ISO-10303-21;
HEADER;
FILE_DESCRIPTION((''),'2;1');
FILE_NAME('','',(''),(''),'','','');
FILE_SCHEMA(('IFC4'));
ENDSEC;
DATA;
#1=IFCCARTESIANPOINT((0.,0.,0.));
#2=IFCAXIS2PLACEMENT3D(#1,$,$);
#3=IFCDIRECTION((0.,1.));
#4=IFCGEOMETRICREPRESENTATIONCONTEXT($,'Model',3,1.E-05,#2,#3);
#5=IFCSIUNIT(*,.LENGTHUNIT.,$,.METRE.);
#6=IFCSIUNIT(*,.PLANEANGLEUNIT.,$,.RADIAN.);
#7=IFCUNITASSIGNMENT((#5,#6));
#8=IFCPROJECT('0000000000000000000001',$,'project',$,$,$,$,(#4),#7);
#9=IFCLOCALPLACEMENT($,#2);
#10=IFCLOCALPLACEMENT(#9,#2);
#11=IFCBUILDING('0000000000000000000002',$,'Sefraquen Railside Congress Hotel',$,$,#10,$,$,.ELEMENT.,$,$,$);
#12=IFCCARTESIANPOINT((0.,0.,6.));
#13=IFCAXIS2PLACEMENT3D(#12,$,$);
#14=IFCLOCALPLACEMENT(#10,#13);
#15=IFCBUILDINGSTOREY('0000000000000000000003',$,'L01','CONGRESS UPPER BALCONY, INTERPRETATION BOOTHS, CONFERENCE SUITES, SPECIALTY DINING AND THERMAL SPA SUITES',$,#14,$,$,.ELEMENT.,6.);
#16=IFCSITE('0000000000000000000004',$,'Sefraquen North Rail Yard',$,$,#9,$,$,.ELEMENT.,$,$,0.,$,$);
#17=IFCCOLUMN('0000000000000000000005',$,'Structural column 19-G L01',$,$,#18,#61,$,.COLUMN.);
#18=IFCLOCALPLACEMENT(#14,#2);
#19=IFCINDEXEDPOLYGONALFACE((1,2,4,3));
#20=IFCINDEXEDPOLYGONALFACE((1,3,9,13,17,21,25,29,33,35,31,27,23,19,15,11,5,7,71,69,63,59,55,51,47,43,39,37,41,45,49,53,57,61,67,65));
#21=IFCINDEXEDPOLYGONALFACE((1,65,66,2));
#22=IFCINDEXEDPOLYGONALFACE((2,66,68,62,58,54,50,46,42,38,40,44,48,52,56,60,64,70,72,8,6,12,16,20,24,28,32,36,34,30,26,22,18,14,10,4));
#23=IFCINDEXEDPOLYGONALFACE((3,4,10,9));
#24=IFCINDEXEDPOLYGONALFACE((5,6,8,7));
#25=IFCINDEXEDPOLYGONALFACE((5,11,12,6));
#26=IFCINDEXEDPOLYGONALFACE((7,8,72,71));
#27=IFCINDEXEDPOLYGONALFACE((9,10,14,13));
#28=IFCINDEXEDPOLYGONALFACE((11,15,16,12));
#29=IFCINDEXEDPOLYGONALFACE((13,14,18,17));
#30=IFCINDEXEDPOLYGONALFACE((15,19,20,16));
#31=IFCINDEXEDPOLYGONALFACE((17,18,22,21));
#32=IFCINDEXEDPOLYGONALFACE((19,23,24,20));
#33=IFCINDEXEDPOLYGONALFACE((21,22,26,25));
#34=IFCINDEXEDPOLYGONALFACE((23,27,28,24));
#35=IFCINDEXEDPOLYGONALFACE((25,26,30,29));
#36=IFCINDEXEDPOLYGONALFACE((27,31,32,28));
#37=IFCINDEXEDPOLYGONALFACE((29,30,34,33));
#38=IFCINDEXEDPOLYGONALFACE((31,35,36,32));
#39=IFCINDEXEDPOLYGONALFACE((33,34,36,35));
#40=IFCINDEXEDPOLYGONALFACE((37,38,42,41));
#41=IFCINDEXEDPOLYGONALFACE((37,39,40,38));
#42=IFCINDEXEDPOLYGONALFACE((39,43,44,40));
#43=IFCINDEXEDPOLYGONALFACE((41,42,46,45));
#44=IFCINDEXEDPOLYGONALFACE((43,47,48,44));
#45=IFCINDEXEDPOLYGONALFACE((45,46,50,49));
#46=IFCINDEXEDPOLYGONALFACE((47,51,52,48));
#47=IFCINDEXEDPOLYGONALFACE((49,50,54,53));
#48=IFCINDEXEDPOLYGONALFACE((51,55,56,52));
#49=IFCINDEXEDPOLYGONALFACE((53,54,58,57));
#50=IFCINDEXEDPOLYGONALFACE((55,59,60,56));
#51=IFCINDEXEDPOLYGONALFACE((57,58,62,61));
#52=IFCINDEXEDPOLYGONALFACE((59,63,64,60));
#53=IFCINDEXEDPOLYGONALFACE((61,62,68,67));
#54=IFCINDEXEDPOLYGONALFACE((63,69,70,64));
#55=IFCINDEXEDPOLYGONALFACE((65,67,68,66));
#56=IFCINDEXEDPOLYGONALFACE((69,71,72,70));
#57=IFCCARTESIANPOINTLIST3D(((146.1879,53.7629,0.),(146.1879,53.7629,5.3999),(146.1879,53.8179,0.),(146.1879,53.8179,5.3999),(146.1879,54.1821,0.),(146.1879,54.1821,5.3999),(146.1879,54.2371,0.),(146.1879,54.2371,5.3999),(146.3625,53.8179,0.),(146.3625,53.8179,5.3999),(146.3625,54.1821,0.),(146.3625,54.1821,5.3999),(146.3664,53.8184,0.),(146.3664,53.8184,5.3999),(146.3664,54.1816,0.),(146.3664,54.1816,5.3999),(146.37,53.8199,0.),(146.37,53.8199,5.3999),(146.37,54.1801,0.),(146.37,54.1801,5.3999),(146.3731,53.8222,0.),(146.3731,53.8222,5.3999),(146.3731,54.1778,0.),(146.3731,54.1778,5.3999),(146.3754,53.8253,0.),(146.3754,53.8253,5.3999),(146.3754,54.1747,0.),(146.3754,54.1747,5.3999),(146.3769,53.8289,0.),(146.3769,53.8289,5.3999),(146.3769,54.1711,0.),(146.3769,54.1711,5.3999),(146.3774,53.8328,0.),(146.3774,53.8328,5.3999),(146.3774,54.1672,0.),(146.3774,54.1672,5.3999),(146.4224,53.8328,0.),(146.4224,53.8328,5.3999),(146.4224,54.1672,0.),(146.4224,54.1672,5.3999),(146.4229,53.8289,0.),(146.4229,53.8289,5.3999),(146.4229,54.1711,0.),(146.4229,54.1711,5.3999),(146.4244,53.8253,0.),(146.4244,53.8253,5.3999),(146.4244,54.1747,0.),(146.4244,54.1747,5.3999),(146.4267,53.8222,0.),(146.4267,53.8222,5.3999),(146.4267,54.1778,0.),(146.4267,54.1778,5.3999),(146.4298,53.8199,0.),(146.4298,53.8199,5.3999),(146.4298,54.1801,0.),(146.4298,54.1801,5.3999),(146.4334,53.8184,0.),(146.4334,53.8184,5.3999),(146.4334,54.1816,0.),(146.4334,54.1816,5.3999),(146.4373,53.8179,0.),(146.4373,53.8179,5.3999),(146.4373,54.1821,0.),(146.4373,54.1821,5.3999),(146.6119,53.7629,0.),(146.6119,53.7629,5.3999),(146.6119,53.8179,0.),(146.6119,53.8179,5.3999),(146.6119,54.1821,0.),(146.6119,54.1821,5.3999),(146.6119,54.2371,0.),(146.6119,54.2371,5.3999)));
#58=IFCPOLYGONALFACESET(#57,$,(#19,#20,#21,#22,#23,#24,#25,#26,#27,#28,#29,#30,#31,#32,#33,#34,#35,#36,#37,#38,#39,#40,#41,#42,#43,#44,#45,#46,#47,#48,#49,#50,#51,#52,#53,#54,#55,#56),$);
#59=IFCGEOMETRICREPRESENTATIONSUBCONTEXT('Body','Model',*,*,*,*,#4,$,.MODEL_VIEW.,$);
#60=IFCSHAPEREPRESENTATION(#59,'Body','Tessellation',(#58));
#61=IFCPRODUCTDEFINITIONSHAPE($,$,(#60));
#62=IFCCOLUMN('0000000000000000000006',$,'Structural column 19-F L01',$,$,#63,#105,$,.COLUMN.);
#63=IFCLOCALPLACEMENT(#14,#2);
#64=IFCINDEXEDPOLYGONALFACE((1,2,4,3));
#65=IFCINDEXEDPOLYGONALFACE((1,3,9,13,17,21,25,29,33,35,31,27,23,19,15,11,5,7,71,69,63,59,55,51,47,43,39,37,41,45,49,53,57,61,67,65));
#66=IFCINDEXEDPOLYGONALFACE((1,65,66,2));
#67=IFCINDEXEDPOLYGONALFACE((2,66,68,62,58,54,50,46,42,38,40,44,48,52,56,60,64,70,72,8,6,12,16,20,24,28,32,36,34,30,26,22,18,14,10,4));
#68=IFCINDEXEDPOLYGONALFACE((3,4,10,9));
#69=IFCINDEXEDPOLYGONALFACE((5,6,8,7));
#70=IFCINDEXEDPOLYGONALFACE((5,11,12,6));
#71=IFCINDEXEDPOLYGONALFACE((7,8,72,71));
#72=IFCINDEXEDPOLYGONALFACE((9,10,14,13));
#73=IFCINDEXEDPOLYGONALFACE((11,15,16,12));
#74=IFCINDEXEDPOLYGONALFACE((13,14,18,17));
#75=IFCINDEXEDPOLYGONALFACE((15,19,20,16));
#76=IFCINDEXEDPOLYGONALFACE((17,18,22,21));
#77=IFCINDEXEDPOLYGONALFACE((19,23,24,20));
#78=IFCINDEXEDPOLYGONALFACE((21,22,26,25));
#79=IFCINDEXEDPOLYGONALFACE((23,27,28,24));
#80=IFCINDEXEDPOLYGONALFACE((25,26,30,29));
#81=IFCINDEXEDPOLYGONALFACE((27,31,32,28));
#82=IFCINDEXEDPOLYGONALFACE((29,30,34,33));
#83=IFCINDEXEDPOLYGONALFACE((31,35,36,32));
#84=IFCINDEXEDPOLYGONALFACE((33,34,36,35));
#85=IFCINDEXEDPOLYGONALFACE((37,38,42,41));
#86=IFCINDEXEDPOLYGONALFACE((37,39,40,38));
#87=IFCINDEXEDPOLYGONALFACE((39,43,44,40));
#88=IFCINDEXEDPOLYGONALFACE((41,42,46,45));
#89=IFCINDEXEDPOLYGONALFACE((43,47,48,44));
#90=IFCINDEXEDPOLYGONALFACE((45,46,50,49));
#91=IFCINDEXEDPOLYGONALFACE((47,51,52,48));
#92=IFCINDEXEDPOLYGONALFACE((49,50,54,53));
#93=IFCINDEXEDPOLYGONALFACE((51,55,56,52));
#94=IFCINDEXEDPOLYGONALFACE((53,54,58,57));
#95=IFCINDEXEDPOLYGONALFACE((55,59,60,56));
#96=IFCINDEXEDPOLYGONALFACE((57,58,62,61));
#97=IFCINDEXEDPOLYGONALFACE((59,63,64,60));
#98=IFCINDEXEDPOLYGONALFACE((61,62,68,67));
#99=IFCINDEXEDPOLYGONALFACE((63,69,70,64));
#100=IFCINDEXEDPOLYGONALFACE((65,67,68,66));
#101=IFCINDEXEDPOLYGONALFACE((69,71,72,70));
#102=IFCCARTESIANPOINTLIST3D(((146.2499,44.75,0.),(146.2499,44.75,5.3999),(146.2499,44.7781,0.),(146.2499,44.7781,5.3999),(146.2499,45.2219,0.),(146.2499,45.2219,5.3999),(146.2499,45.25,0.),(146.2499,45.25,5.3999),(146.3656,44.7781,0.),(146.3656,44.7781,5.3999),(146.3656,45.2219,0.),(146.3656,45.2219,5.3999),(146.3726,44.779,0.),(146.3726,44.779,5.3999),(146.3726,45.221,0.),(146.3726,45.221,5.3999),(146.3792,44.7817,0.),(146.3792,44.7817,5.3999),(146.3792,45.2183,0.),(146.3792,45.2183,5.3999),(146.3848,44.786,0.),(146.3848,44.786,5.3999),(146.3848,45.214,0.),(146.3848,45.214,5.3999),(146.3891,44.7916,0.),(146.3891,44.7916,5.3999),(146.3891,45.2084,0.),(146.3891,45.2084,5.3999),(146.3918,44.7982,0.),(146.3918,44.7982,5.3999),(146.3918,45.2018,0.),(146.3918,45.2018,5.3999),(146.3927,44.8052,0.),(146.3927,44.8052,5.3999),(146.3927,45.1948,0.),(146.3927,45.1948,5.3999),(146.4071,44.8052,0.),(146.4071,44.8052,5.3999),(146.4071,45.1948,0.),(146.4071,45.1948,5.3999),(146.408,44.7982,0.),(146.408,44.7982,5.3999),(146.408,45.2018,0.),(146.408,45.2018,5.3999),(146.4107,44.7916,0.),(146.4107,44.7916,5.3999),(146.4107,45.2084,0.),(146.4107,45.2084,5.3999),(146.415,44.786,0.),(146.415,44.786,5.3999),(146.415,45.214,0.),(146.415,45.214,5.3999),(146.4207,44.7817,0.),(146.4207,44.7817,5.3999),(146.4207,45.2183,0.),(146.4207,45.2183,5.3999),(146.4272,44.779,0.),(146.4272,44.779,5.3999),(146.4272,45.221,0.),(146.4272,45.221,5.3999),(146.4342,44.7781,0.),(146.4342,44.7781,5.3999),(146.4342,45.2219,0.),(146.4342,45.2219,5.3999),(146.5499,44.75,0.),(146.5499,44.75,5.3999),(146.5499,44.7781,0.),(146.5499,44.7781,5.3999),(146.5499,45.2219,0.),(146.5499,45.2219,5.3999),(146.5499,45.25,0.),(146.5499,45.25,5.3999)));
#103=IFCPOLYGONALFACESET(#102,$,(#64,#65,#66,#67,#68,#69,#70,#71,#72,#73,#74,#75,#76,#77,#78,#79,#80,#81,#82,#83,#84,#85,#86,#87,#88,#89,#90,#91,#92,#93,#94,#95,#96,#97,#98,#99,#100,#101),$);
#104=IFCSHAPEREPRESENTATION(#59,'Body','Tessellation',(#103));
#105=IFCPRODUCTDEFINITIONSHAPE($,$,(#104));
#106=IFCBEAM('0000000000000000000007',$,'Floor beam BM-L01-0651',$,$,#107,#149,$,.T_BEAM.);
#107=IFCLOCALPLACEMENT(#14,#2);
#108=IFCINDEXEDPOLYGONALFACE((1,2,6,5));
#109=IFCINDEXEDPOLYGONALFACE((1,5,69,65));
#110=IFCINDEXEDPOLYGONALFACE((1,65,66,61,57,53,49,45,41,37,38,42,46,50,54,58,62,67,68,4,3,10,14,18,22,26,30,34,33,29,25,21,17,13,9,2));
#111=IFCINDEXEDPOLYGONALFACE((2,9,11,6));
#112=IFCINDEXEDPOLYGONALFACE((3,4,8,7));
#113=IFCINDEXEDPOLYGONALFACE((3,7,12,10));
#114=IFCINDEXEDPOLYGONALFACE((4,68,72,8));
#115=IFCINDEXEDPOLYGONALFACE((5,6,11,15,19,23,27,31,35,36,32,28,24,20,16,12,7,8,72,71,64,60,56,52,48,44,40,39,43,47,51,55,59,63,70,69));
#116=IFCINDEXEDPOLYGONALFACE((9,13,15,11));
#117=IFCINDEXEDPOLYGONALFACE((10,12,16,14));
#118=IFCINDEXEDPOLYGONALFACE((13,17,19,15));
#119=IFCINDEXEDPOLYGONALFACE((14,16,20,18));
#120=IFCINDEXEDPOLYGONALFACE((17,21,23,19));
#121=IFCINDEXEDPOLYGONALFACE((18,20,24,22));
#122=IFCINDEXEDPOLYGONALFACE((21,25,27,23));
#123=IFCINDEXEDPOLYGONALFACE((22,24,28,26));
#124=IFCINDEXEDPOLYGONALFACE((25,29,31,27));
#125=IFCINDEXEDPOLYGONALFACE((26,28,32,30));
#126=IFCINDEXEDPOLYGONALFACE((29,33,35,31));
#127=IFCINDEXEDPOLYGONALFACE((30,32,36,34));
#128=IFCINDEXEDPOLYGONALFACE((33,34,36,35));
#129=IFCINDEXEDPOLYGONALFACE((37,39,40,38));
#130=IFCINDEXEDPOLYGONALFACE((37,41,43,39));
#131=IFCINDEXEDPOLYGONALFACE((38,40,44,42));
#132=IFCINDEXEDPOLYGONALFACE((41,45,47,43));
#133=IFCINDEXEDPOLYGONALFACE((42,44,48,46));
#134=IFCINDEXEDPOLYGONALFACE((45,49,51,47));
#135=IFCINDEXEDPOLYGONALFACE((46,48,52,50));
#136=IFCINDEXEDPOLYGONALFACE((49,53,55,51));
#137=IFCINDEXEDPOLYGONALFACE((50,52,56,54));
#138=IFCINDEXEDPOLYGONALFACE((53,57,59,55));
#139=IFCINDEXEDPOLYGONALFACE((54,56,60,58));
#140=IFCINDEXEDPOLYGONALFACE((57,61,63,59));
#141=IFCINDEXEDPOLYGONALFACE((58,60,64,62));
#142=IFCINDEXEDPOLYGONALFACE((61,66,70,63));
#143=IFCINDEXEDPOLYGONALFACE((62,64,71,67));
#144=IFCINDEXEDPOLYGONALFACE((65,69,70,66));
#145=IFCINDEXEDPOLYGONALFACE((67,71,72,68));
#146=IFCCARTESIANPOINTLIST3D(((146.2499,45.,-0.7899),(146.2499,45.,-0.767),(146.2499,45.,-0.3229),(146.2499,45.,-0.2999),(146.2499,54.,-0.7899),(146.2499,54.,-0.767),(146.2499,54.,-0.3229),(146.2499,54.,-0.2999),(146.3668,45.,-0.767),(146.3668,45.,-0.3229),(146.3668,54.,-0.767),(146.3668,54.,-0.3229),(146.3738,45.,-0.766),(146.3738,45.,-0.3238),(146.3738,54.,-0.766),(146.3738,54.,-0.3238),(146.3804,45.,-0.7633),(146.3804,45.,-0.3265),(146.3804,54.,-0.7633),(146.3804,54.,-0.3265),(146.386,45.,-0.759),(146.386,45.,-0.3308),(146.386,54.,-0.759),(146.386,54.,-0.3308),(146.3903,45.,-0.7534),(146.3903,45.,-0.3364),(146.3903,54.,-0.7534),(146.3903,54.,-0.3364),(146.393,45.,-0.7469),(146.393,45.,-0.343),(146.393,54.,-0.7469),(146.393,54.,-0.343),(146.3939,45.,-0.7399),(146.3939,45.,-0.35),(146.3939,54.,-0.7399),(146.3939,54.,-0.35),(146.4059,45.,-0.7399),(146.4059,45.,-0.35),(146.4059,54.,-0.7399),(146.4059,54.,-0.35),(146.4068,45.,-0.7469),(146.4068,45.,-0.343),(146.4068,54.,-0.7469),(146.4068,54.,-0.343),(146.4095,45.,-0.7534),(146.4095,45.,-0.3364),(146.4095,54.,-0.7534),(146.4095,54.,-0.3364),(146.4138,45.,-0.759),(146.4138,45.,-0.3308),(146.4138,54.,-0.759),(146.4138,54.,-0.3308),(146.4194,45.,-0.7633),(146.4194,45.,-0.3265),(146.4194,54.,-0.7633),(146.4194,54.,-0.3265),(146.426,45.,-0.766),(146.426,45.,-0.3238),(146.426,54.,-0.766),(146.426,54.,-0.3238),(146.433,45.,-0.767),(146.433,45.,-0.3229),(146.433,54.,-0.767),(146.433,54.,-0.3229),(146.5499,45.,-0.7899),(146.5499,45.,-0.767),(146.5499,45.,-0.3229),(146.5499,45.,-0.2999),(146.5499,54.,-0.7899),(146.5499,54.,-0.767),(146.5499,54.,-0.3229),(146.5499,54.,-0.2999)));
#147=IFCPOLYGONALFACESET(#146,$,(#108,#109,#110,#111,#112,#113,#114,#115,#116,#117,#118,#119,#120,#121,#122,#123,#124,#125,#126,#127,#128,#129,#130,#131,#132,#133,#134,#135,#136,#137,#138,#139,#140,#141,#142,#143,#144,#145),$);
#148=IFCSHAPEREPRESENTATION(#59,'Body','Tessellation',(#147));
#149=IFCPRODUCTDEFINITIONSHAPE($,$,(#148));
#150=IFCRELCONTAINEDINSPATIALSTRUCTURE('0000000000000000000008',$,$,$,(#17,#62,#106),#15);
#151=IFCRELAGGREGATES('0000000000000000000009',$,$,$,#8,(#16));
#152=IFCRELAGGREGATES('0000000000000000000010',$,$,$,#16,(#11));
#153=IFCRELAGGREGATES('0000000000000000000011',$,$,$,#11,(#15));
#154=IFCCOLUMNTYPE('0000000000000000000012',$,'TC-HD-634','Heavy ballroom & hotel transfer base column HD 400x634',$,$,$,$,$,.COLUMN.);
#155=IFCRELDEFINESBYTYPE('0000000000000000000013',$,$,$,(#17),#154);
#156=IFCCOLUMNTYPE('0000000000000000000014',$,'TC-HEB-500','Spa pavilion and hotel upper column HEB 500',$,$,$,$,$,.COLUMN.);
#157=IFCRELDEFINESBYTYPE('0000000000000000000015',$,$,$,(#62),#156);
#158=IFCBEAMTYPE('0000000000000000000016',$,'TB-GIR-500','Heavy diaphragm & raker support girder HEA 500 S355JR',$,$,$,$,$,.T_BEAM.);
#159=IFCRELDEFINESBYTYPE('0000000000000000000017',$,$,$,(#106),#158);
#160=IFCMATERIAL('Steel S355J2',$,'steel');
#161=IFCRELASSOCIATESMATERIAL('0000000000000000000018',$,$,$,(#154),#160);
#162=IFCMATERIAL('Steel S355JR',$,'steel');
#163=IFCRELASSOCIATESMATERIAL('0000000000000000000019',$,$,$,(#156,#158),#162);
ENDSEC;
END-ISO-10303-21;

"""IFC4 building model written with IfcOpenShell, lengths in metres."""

from ifc_helpers import new_model, si_unit, direction, frame, origin, origin_2d, place, context, subcontext, project, spatial, i_section, extrude, material, material_profile, profile_set, type_object, element, save


model = new_model("IFC4")

# Units and contexts
model_context = context("Model", 3, precision=1e-05, world=origin(), true_north=direction((0.0, 1.0)))
body_context = subcontext(model_context, "Body", "Model", "MODEL_VIEW")
ifc_project = project(units=[si_unit("LENGTHUNIT", "METRE"), si_unit("PLANEANGLEUNIT", "RADIAN")], contexts=[model_context])

# Site, building, storey
site_placement = place(None, origin())
site = spatial("IfcSite", under=ifc_project, at=site_placement, Name="Sefraquen North Rail Yard", CompositionType="ELEMENT", RefElevation=0.0)
building_placement = place(site_placement, origin())
building = spatial("IfcBuilding", under=site, at=building_placement, Name="Sefraquen Railside Congress Hotel", CompositionType="ELEMENT")
storey_placement = place(building_placement, frame((0.0, 0.0, 6.0)))
storey = spatial("IfcBuildingStorey", under=building, at=storey_placement, Name="L01", Description="CONGRESS UPPER BALCONY, INTERPRETATION BOOTHS, CONFERENCE SUITES, SPECIALTY DINING AND THERMAL SPA SUITES", CompositionType="ELEMENT", Elevation=6.0)

# Columns
ifc_material_1 = material(Name="Steel S355J2", Category="steel")
ifc_material_profile_1 = material_profile(ifc_material_1, i_section(OverallWidth=0.4241, OverallDepth=0.4741, WebThickness=0.0449, FlangeThickness=0.0549, FilletRadius=0.0149, at=origin_2d()), Name="HD 400x634")
ifc_profile_set_1 = profile_set([ifc_material_profile_1], Name="Steel S355J2")
column_type_1 = type_object("IfcColumnType", Name="TC-HD-634", Description="Heavy ballroom & hotel transfer base column HD 400x634", PredefinedType="COLUMN", material=ifc_profile_set_1)
column_1_placement = place(storey_placement, frame((146.3999, 54.0, 0.0), z_axis=(0.0, 0.0, 1.0), x_axis=(1.0, 0.0, 0.0)))
element("IfcColumn", 1, at=column_1_placement, inside=storey, type_object=column_type_1, Name="Structural column 19-G L01", PredefinedType="COLUMN", context=body_context, shape_type="SweptSolid", body=[
    extrude(i_section(OverallWidth=0.4241, OverallDepth=0.4741, WebThickness=0.0449, FlangeThickness=0.0549, FilletRadius=0.0149, at=origin_2d()), origin(), (0.0, 0.0, 1.0), 5.3999),
])
ifc_material_2 = material(Name="Steel S355JR", Category="steel")
ifc_material_profile_2 = material_profile(ifc_material_2, i_section(OverallWidth=0.3, OverallDepth=0.5, WebThickness=0.0144, FlangeThickness=0.0281, FilletRadius=0.0271, at=origin_2d()), Name="HEB 500")
ifc_profile_set_2 = profile_set([ifc_material_profile_2], Name="Steel S355JR")
column_type_2 = type_object("IfcColumnType", Name="TC-HEB-500", Description="Spa pavilion and hotel upper column HEB 500", PredefinedType="COLUMN", material=ifc_profile_set_2)
column_2_placement = place(storey_placement, frame((146.3999, 45.0, 0.0), z_axis=(0.0, 0.0, 1.0), x_axis=(1.0, 0.0, 0.0)))
element("IfcColumn", 2, at=column_2_placement, inside=storey, type_object=column_type_2, Name="Structural column 19-F L01", PredefinedType="COLUMN", context=body_context, shape_type="SweptSolid", body=[
    extrude(i_section(OverallWidth=0.3, OverallDepth=0.5, WebThickness=0.0144, FlangeThickness=0.0281, FilletRadius=0.0271, at=origin_2d()), origin(), (0.0, 0.0, 1.0), 5.3999),
])

# Beam
ifc_material_profile_3 = material_profile(ifc_material_2, i_section(OverallWidth=0.3, OverallDepth=0.49, WebThickness=0.012, FlangeThickness=0.0229, FilletRadius=0.0271, at=origin_2d()), Name="HEA 500")
ifc_profile_set_3 = profile_set([ifc_material_profile_3], Name="Steel S355JR")
beam_type_1 = type_object("IfcBeamType", Name="TB-GIR-500", Description="Heavy diaphragm & raker support girder HEA 500 S355JR", PredefinedType="T_BEAM", material=ifc_profile_set_3)
beam_placement = place(storey_placement, frame((146.3999, 45.0, -0.5449), z_axis=(0.0, 1.0, 0.0), x_axis=(-1.0, 0.0, 0.0)))
element("IfcBeam", 3, at=beam_placement, inside=storey, type_object=beam_type_1, Name="Floor beam BM-L01-0651", PredefinedType="T_BEAM", context=body_context, shape_type="SweptSolid", body=[
    extrude(i_section(OverallWidth=0.3, OverallDepth=0.49, WebThickness=0.012, FlangeThickness=0.0229, FilletRadius=0.0271, at=origin_2d()), origin(), (0.0, 0.0, 1.0), 9.0),
])

save(model, "model.ifc")
